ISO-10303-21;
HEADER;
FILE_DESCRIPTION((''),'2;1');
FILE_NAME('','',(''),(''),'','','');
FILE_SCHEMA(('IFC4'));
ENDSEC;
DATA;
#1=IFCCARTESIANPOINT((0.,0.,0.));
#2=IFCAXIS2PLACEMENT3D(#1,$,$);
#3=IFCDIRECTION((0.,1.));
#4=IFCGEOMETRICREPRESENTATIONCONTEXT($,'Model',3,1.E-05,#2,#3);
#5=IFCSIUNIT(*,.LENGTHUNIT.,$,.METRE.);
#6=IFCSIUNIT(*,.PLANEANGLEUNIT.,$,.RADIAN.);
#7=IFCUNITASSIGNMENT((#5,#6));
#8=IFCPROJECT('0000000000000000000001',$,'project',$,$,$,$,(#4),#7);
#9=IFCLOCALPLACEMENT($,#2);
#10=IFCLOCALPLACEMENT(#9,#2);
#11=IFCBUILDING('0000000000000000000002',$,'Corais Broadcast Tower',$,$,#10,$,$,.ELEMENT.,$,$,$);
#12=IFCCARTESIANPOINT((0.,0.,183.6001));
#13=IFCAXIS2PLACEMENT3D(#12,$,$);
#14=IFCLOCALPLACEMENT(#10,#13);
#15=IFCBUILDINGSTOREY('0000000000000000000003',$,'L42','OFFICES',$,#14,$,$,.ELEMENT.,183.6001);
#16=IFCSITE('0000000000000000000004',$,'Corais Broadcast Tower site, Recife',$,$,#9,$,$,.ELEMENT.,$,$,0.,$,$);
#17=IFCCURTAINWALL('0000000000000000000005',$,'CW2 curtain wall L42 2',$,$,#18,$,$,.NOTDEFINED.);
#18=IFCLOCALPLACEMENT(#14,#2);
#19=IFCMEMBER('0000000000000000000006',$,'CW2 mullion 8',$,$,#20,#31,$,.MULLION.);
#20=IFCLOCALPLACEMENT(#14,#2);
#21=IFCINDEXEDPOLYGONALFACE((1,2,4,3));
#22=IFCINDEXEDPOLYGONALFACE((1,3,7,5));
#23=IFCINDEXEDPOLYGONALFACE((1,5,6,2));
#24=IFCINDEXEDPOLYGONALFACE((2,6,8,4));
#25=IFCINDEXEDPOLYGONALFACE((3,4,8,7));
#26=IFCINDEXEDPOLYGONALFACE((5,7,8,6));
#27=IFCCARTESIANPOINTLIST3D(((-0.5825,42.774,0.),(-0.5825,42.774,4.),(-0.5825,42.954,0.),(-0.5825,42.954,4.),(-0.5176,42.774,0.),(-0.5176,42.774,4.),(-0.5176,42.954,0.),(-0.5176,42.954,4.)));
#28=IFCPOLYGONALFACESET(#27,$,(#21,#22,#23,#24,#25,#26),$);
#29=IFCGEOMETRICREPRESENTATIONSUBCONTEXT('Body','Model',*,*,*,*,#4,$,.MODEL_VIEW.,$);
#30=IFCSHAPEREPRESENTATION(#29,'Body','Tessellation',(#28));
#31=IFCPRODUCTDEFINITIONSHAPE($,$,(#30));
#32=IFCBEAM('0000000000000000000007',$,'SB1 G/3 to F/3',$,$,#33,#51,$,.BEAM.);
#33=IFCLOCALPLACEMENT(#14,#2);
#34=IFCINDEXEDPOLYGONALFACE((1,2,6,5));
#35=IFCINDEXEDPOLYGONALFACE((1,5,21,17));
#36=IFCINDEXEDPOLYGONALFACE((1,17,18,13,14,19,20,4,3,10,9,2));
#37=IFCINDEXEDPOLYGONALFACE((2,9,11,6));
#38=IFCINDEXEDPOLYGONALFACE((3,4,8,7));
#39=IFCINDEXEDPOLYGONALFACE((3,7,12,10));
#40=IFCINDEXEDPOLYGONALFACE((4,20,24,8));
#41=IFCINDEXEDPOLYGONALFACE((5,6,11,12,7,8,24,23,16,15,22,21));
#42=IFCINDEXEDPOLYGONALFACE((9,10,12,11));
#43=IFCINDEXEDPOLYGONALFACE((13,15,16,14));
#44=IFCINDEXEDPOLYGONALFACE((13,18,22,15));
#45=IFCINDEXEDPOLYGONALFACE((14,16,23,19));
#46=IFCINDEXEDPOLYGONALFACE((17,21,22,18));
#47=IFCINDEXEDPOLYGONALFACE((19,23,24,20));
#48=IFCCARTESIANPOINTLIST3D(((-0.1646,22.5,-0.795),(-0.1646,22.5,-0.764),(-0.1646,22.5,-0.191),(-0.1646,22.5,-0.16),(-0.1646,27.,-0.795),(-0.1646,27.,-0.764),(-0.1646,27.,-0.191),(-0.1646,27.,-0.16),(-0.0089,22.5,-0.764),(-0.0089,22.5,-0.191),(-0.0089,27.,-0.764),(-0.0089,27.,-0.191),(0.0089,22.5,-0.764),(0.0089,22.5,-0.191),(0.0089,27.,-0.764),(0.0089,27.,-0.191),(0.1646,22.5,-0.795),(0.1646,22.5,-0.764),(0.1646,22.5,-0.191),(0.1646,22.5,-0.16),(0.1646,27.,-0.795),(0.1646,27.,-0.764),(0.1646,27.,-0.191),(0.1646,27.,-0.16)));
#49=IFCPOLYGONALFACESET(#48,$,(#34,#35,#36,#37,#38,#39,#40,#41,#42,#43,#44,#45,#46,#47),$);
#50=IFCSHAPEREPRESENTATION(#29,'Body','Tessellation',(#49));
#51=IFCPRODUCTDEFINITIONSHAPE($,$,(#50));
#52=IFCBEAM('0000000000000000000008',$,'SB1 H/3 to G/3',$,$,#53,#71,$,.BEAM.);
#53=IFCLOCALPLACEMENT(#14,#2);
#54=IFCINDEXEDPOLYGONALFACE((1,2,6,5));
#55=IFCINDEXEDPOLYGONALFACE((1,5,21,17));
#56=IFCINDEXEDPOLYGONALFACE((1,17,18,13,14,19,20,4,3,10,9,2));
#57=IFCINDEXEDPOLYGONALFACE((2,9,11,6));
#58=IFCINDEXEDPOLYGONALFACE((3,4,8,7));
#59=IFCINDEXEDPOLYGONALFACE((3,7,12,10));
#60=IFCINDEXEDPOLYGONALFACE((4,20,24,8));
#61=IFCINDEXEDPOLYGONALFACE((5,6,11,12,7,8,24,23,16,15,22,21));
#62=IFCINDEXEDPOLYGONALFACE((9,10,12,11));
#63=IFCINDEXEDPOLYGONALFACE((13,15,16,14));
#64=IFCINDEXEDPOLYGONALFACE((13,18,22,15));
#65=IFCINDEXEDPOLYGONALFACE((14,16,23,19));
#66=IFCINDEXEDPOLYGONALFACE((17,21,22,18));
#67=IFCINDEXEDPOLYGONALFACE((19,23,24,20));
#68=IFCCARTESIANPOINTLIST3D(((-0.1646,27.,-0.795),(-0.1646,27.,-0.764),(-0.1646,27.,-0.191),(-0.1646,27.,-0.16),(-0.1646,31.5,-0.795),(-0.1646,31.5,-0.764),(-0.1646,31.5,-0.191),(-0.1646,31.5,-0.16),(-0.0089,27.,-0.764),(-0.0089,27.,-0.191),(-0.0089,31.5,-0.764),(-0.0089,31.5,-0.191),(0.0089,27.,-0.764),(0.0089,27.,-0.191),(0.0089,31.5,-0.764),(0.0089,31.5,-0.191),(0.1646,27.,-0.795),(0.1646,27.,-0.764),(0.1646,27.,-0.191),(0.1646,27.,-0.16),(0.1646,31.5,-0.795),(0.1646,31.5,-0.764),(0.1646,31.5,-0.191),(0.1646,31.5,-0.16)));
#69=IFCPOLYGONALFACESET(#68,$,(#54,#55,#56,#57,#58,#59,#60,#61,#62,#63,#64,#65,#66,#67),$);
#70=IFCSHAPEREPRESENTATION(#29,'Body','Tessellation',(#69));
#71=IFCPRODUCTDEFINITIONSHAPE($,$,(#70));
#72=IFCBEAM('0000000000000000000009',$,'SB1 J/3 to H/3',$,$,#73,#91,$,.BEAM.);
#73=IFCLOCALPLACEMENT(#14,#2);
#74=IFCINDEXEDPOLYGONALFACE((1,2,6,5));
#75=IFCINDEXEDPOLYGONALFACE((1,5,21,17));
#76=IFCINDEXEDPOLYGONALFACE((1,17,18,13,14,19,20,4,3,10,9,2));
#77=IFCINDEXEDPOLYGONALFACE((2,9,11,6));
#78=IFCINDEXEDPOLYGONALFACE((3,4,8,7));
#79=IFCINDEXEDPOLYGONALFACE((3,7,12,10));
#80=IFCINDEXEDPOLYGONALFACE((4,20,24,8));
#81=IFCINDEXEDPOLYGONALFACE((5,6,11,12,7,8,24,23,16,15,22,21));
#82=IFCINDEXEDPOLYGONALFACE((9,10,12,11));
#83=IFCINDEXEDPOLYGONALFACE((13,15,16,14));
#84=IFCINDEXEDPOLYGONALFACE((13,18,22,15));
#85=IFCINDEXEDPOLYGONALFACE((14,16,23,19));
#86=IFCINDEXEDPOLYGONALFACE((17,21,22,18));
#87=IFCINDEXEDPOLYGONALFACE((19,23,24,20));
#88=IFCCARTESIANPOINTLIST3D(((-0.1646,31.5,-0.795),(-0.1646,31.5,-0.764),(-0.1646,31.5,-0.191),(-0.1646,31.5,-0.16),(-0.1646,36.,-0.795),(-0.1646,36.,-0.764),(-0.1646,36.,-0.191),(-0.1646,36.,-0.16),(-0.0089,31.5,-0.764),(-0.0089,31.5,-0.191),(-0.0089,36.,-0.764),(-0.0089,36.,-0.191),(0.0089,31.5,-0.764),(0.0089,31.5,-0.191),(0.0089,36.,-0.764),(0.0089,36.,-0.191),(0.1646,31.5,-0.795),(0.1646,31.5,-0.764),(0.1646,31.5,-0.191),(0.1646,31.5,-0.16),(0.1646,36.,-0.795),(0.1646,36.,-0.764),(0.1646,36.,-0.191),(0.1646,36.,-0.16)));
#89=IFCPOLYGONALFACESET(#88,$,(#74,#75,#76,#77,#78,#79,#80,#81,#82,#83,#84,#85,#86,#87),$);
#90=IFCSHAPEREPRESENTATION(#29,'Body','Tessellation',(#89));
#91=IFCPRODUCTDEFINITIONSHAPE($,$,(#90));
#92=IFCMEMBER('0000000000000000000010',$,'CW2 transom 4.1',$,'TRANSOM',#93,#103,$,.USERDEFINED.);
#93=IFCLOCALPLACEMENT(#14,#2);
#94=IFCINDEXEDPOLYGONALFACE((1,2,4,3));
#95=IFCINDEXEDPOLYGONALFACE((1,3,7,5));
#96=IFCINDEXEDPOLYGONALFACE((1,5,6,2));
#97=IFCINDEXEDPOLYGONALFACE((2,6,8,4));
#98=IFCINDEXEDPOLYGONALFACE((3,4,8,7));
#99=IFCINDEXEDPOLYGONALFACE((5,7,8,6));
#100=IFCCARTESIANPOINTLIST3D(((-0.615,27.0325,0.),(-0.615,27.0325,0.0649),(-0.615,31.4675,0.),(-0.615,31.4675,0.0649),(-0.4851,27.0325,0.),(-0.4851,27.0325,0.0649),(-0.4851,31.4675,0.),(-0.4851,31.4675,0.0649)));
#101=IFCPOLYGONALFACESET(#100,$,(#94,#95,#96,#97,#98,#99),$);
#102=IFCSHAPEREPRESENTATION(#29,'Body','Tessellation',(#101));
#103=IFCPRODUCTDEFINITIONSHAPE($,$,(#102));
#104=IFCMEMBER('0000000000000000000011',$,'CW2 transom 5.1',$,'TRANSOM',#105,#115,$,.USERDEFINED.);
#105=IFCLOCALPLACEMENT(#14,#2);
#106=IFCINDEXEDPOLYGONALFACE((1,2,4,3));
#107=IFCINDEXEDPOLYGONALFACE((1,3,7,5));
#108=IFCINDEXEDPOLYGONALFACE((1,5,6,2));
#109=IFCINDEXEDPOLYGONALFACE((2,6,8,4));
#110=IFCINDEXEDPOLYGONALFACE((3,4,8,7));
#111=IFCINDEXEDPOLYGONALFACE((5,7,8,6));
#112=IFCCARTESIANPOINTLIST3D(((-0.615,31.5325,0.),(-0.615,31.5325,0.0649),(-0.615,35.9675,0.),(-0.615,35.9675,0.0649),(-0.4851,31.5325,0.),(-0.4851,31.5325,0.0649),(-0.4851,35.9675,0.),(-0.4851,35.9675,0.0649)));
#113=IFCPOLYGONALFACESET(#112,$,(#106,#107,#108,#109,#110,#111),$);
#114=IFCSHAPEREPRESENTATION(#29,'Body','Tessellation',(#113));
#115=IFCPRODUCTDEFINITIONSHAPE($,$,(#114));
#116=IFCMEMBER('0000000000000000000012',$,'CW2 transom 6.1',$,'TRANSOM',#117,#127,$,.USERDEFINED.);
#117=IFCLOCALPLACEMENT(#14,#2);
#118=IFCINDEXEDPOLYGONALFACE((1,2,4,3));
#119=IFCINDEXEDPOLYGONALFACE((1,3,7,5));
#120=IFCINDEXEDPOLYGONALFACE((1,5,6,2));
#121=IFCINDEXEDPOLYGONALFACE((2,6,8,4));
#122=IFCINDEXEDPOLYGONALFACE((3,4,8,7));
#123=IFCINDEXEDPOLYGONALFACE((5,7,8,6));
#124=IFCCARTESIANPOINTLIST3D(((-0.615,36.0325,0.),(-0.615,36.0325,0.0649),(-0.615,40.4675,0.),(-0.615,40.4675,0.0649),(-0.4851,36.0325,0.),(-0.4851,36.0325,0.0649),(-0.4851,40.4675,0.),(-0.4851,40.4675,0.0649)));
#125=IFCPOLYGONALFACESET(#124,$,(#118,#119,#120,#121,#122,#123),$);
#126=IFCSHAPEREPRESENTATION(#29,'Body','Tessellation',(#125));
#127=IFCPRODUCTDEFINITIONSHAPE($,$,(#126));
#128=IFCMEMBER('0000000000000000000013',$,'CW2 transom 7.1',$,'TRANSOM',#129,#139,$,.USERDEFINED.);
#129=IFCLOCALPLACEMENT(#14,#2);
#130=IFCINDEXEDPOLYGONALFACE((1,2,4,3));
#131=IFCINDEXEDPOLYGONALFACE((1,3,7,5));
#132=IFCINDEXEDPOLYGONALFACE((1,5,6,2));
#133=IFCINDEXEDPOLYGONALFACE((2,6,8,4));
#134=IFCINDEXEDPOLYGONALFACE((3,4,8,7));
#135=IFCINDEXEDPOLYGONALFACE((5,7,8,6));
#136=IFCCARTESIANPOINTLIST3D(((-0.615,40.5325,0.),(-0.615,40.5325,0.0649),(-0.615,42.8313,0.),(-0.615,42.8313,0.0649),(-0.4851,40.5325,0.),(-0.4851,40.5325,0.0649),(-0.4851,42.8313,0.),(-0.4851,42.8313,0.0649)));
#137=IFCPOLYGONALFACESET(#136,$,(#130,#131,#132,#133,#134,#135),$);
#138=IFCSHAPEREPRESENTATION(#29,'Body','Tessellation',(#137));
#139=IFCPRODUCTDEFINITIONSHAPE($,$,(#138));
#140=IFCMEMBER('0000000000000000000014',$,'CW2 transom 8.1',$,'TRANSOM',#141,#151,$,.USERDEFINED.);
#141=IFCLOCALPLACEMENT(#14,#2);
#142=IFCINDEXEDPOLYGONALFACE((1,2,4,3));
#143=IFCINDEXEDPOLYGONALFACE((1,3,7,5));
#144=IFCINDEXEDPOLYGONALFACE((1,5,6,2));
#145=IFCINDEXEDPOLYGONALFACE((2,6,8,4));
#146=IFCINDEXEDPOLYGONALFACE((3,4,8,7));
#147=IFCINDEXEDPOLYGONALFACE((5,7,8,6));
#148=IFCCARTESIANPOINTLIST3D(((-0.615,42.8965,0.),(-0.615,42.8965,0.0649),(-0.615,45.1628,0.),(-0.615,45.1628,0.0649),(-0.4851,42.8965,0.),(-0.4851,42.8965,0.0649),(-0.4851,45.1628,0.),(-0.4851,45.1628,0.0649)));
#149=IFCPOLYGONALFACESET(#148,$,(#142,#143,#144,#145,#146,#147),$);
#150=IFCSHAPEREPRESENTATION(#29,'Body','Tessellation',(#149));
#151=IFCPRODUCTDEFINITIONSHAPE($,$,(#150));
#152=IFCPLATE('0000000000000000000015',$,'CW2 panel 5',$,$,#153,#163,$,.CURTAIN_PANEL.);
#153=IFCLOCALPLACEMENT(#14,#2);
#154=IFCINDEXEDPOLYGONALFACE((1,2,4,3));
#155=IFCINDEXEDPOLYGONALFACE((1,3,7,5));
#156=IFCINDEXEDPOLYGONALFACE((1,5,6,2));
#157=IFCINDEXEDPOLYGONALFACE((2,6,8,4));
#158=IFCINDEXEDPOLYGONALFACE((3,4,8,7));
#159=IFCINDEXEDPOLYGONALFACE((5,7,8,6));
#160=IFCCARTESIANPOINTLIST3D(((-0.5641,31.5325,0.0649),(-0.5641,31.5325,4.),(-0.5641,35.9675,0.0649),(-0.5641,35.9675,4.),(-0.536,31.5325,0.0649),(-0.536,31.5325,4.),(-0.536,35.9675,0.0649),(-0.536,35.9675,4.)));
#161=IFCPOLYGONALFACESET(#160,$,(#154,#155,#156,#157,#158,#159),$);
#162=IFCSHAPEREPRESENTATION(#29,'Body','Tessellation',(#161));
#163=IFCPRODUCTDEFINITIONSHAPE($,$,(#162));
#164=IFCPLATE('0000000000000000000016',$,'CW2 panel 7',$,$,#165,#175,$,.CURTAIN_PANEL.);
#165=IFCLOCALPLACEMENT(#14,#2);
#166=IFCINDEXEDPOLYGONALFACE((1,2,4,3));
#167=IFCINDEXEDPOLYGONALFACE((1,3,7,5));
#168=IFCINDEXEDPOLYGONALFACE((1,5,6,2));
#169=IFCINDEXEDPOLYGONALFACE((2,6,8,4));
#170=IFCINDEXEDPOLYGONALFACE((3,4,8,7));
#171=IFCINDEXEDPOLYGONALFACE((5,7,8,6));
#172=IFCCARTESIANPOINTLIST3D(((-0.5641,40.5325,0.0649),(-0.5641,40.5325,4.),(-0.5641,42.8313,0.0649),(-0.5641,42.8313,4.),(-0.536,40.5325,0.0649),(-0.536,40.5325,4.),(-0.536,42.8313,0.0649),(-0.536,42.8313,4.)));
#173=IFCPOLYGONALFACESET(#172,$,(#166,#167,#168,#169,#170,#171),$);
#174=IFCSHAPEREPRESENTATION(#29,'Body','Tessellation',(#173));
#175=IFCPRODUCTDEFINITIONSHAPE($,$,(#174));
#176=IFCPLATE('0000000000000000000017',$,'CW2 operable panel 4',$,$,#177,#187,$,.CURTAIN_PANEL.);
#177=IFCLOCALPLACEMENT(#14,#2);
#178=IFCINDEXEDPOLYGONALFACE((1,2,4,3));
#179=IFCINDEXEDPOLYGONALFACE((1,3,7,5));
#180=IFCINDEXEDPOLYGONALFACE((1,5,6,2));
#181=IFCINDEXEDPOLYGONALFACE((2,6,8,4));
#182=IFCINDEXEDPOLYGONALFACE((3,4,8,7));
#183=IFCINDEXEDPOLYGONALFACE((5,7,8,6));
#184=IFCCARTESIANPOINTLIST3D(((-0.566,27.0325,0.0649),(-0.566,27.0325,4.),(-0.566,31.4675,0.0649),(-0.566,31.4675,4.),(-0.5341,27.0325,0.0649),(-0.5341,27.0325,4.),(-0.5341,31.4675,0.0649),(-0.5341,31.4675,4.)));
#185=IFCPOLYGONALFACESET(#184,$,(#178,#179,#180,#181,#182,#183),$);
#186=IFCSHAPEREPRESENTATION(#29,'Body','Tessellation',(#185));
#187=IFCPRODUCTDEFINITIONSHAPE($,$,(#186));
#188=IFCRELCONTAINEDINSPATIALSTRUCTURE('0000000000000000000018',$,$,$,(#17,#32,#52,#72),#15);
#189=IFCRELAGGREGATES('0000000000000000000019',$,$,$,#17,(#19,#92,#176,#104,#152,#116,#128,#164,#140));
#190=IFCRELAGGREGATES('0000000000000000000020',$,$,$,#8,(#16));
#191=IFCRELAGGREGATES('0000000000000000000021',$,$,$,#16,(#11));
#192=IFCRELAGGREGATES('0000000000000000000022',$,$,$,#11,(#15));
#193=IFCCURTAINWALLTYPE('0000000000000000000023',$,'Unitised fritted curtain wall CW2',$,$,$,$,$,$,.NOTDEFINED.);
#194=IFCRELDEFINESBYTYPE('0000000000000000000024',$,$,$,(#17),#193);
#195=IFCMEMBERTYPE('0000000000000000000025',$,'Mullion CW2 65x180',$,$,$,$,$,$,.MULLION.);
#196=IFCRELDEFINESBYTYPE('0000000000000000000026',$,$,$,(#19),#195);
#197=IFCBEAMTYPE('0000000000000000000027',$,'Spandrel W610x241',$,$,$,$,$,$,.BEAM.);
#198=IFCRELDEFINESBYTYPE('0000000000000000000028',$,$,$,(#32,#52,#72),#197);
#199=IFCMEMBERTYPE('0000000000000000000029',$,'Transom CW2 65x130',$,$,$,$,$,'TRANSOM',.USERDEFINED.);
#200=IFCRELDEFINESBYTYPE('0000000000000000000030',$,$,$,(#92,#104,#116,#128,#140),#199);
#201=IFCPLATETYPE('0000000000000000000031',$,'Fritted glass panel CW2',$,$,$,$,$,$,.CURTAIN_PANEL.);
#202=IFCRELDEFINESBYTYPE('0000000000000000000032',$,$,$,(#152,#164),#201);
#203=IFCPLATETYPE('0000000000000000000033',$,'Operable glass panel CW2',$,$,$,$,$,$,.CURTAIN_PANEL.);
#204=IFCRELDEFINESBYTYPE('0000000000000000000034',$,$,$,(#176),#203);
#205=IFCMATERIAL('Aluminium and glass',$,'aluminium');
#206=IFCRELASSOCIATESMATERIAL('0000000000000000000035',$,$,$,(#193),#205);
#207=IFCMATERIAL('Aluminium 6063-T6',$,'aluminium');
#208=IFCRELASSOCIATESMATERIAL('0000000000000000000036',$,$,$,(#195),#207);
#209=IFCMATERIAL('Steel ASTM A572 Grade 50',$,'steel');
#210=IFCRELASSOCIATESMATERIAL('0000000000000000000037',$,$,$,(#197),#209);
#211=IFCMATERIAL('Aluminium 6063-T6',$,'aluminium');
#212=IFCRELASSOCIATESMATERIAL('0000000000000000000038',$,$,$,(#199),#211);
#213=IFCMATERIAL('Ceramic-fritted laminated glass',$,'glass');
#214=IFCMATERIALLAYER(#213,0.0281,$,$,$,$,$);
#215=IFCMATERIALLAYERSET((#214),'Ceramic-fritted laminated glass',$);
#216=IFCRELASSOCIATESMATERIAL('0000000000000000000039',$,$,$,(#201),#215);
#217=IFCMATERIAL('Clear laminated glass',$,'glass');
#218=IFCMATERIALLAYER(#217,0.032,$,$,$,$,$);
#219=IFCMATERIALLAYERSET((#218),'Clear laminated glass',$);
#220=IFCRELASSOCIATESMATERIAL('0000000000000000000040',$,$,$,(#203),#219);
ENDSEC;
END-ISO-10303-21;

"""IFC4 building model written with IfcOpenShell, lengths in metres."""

from ifc_helpers import new_model, si_unit, direction, frame, origin, origin_2d, place, context, subcontext, project, spatial, rectangle, i_section, extrude, material, layer, layer_set, material_profile, profile_set, type_object, element, aggregate, save


model = new_model("IFC4")

# Units and contexts
model_context = context("Model", 3, precision=1e-05, world=origin(), true_north=direction((0.0, 1.0)))
body_context = subcontext(model_context, "Body", "Model", "MODEL_VIEW")
ifc_project = project(units=[si_unit("LENGTHUNIT", "METRE"), si_unit("PLANEANGLEUNIT", "RADIAN")], contexts=[model_context])

# Site, building, storey
site_placement = place(None, origin())
site = spatial("IfcSite", under=ifc_project, at=site_placement, Name="Corais Broadcast Tower site, Recife", CompositionType="ELEMENT", RefElevation=0.0)
building_placement = place(site_placement, origin())
building = spatial("IfcBuilding", under=site, at=building_placement, Name="Corais Broadcast Tower", CompositionType="ELEMENT")
storey_placement = place(building_placement, frame((0.0, 0.0, 183.6001)))
storey = spatial("IfcBuildingStorey", under=building, at=storey_placement, Name="L42", Description="OFFICES", CompositionType="ELEMENT", Elevation=183.6001)

# Curtain wall, member
ifc_material_1 = material(Name="Aluminium and glass", Category="aluminium")
curtain_wall_type = type_object("IfcCurtainWallType", Name="Unitised fritted curtain wall CW2", PredefinedType="NOTDEFINED", material=ifc_material_1)
curtain_wall_placement = place(storey_placement, origin())
curtain_wall = element("IfcCurtainWall", 1, at=curtain_wall_placement, inside=storey, type_object=curtain_wall_type, Name="CW2 curtain wall L42 2", PredefinedType="NOTDEFINED")
ifc_material_2 = material(Name="Aluminium 6063-T6", Category="aluminium")
ifc_material_profile_1 = material_profile(ifc_material_2, rectangle(XDim=0.0649, YDim=0.1799, at=origin_2d()), Name="Mullion CW2 65x180")
ifc_profile_set_1 = profile_set([ifc_material_profile_1], Name="Aluminium 6063-T6")
member_type_1 = type_object("IfcMemberType", Name="Mullion CW2 65x180", PredefinedType="MULLION", material=ifc_profile_set_1)
member_1_placement = place(storey_placement, frame((-0.55, 42.864, 0.0), z_axis=(0.0, 0.0, 1.0), x_axis=(-1.0, 0.0, 0.0)))
member_1 = element("IfcMember", 2, at=member_1_placement, type_object=member_type_1, Name="CW2 mullion 8", PredefinedType="MULLION", context=body_context, shape_type="SweptSolid", body=[
    extrude(rectangle(XDim=0.0649, YDim=0.1799, at=origin_2d()), origin(), (0.0, 0.0, 1.0), 4.0),
])

# Beams
ifc_material_3 = material(Name="Steel ASTM A572 Grade 50", Category="steel")
ifc_material_profile_2 = material_profile(ifc_material_3, i_section(OverallWidth=0.3291, OverallDepth=0.635, WebThickness=0.0178, FlangeThickness=0.031, at=origin_2d()), Name="W610x241")
ifc_profile_set_2 = profile_set([ifc_material_profile_2], Name="Steel ASTM A572 Grade 50")
beam_type_1 = type_object("IfcBeamType", Name="Spandrel W610x241", PredefinedType="BEAM", material=ifc_profile_set_2)
for number, where, z_axis, x_axis, name in (
    (3, (0.0, 27.0, -0.4775), (0.0, -1.0, 0.0), (1.0, 0.0, 0.0), "SB1 G/3 to F/3"),
    (4, (0.0, 31.5, -0.4775), (0.0, -1.0, 0.0), (1.0, 0.0, 0.0), "SB1 H/3 to G/3"),
    (5, (0.0, 36.0, -0.4775), (0.0, -1.0, 0.0), (1.0, 0.0, 0.0), "SB1 J/3 to H/3"),
):
    element("IfcBeam", number, at=place(storey_placement, frame(where, z_axis=z_axis, x_axis=x_axis)), inside=storey, type_object=beam_type_1, Name=name, PredefinedType="BEAM", context=body_context, shape_type="SweptSolid", body=[
        extrude(i_section(OverallWidth=0.3291, OverallDepth=0.635, WebThickness=0.0178, FlangeThickness=0.031, at=origin_2d()), origin(), (0.0, 0.0, 1.0), 4.5),
    ])

# Members
ifc_material_4 = material(Name="Aluminium 6063-T6", Category="aluminium")
ifc_material_profile_3 = material_profile(ifc_material_4, rectangle(XDim=0.1299, YDim=0.0649, at=origin_2d()), Name="Transom CW2 65x130")
ifc_profile_set_3 = profile_set([ifc_material_profile_3], Name="Aluminium 6063-T6")
member_type_2 = type_object("IfcMemberType", Name="Transom CW2 65x130", ElementType="TRANSOM", PredefinedType="USERDEFINED", material=ifc_profile_set_3)
member_2_placement = place(storey_placement, frame((-0.55, 27.0325, 0.0325), z_axis=(0.0, 1.0, 0.0), x_axis=(-1.0, 0.0, 0.0)))
member_2 = element("IfcMember", 6, at=member_2_placement, type_object=member_type_2, Name="CW2 transom 4.1", ObjectType="TRANSOM", PredefinedType="USERDEFINED", context=body_context, shape_type="SweptSolid", body=[
    extrude(rectangle(XDim=0.1299, YDim=0.0649, at=origin_2d()), origin(), (0.0, 0.0, 1.0), 4.4351),
])
member_3_placement = place(storey_placement, frame((-0.55, 31.5325, 0.0325), z_axis=(0.0, 1.0, 0.0), x_axis=(-1.0, 0.0, 0.0)))
member_3 = element("IfcMember", 7, at=member_3_placement, type_object=member_type_2, Name="CW2 transom 5.1", ObjectType="TRANSOM", PredefinedType="USERDEFINED", context=body_context, shape_type="SweptSolid", body=[
    extrude(rectangle(XDim=0.1299, YDim=0.0649, at=origin_2d()), origin(), (0.0, 0.0, 1.0), 4.4351),
])
member_4_placement = place(storey_placement, frame((-0.55, 36.0325, 0.0325), z_axis=(0.0, 1.0, 0.0), x_axis=(-1.0, 0.0, 0.0)))
member_4 = element("IfcMember", 8, at=member_4_placement, type_object=member_type_2, Name="CW2 transom 6.1", ObjectType="TRANSOM", PredefinedType="USERDEFINED", context=body_context, shape_type="SweptSolid", body=[
    extrude(rectangle(XDim=0.1299, YDim=0.0649, at=origin_2d()), origin(), (0.0, 0.0, 1.0), 4.4351),
])
member_5_placement = place(storey_placement, frame((-0.55, 40.5325, 0.0325), z_axis=(0.0, 1.0, 0.0), x_axis=(-1.0, 0.0, 0.0)))
member_5 = element("IfcMember", 9, at=member_5_placement, type_object=member_type_2, Name="CW2 transom 7.1", ObjectType="TRANSOM", PredefinedType="USERDEFINED", context=body_context, shape_type="SweptSolid", body=[
    extrude(rectangle(XDim=0.1299, YDim=0.0649, at=origin_2d()), origin(), (0.0, 0.0, 1.0), 2.2988),
])
member_6_placement = place(storey_placement, frame((-0.55, 42.8965, 0.0325), z_axis=(0.0, 1.0, 0.0), x_axis=(-1.0, 0.0, 0.0)))
member_6 = element("IfcMember", 10, at=member_6_placement, type_object=member_type_2, Name="CW2 transom 8.1", ObjectType="TRANSOM", PredefinedType="USERDEFINED", context=body_context, shape_type="SweptSolid", body=[
    extrude(rectangle(XDim=0.1299, YDim=0.0649, at=origin_2d()), origin(), (0.0, 0.0, 1.0), 2.2664),
])

# Plates
ifc_material_5 = material(Name="Ceramic-fritted laminated glass", Category="glass")
ifc_layer_1 = layer(ifc_material_5, 0.0281)
ifc_layer_set_1 = layer_set([ifc_layer_1], Name="Ceramic-fritted laminated glass")
plate_type_1 = type_object("IfcPlateType", Name="Fritted glass panel CW2", PredefinedType="CURTAIN_PANEL", material=ifc_layer_set_1)
plate_1_placement = place(storey_placement, frame((-0.55, 33.75, 0.0649), z_axis=(0.0, 0.0, 1.0), x_axis=(0.0, 1.0, 0.0)))
plate_1 = element("IfcPlate", 11, at=plate_1_placement, type_object=plate_type_1, Name="CW2 panel 5", PredefinedType="CURTAIN_PANEL", context=body_context, shape_type="SweptSolid", body=[
    extrude(rectangle(XDim=4.4351, YDim=0.0281, at=origin_2d()), origin(), (0.0, 0.0, 1.0), 3.9351),
])
plate_2_placement = place(storey_placement, frame((-0.55, 41.6819, 0.0649), z_axis=(0.0, 0.0, 1.0), x_axis=(0.0, 1.0, 0.0)))
plate_2 = element("IfcPlate", 12, at=plate_2_placement, type_object=plate_type_1, Name="CW2 panel 7", PredefinedType="CURTAIN_PANEL", context=body_context, shape_type="SweptSolid", body=[
    extrude(rectangle(XDim=2.2988, YDim=0.0281, at=origin_2d()), origin(), (0.0, 0.0, 1.0), 3.9351),
])
ifc_material_6 = material(Name="Clear laminated glass", Category="glass")
ifc_layer_2 = layer(ifc_material_6, 0.032)
ifc_layer_set_2 = layer_set([ifc_layer_2], Name="Clear laminated glass")
plate_type_2 = type_object("IfcPlateType", Name="Operable glass panel CW2", PredefinedType="CURTAIN_PANEL", material=ifc_layer_set_2)
plate_3_placement = place(storey_placement, frame((-0.55, 29.25, 0.0649), z_axis=(0.0, 0.0, 1.0), x_axis=(0.0, 1.0, 0.0)))
plate_3 = element("IfcPlate", 13, at=plate_3_placement, type_object=plate_type_2, Name="CW2 operable panel 4", PredefinedType="CURTAIN_PANEL", context=body_context, shape_type="SweptSolid", body=[
    extrude(rectangle(XDim=4.4351, YDim=0.032, at=origin_2d()), origin(), (0.0, 0.0, 1.0), 3.9351),
])
aggregate(curtain_wall, [member_1, member_2, plate_3, member_3, plate_1, member_4, member_5, plate_2, member_6])

save(model, "model.ifc")
